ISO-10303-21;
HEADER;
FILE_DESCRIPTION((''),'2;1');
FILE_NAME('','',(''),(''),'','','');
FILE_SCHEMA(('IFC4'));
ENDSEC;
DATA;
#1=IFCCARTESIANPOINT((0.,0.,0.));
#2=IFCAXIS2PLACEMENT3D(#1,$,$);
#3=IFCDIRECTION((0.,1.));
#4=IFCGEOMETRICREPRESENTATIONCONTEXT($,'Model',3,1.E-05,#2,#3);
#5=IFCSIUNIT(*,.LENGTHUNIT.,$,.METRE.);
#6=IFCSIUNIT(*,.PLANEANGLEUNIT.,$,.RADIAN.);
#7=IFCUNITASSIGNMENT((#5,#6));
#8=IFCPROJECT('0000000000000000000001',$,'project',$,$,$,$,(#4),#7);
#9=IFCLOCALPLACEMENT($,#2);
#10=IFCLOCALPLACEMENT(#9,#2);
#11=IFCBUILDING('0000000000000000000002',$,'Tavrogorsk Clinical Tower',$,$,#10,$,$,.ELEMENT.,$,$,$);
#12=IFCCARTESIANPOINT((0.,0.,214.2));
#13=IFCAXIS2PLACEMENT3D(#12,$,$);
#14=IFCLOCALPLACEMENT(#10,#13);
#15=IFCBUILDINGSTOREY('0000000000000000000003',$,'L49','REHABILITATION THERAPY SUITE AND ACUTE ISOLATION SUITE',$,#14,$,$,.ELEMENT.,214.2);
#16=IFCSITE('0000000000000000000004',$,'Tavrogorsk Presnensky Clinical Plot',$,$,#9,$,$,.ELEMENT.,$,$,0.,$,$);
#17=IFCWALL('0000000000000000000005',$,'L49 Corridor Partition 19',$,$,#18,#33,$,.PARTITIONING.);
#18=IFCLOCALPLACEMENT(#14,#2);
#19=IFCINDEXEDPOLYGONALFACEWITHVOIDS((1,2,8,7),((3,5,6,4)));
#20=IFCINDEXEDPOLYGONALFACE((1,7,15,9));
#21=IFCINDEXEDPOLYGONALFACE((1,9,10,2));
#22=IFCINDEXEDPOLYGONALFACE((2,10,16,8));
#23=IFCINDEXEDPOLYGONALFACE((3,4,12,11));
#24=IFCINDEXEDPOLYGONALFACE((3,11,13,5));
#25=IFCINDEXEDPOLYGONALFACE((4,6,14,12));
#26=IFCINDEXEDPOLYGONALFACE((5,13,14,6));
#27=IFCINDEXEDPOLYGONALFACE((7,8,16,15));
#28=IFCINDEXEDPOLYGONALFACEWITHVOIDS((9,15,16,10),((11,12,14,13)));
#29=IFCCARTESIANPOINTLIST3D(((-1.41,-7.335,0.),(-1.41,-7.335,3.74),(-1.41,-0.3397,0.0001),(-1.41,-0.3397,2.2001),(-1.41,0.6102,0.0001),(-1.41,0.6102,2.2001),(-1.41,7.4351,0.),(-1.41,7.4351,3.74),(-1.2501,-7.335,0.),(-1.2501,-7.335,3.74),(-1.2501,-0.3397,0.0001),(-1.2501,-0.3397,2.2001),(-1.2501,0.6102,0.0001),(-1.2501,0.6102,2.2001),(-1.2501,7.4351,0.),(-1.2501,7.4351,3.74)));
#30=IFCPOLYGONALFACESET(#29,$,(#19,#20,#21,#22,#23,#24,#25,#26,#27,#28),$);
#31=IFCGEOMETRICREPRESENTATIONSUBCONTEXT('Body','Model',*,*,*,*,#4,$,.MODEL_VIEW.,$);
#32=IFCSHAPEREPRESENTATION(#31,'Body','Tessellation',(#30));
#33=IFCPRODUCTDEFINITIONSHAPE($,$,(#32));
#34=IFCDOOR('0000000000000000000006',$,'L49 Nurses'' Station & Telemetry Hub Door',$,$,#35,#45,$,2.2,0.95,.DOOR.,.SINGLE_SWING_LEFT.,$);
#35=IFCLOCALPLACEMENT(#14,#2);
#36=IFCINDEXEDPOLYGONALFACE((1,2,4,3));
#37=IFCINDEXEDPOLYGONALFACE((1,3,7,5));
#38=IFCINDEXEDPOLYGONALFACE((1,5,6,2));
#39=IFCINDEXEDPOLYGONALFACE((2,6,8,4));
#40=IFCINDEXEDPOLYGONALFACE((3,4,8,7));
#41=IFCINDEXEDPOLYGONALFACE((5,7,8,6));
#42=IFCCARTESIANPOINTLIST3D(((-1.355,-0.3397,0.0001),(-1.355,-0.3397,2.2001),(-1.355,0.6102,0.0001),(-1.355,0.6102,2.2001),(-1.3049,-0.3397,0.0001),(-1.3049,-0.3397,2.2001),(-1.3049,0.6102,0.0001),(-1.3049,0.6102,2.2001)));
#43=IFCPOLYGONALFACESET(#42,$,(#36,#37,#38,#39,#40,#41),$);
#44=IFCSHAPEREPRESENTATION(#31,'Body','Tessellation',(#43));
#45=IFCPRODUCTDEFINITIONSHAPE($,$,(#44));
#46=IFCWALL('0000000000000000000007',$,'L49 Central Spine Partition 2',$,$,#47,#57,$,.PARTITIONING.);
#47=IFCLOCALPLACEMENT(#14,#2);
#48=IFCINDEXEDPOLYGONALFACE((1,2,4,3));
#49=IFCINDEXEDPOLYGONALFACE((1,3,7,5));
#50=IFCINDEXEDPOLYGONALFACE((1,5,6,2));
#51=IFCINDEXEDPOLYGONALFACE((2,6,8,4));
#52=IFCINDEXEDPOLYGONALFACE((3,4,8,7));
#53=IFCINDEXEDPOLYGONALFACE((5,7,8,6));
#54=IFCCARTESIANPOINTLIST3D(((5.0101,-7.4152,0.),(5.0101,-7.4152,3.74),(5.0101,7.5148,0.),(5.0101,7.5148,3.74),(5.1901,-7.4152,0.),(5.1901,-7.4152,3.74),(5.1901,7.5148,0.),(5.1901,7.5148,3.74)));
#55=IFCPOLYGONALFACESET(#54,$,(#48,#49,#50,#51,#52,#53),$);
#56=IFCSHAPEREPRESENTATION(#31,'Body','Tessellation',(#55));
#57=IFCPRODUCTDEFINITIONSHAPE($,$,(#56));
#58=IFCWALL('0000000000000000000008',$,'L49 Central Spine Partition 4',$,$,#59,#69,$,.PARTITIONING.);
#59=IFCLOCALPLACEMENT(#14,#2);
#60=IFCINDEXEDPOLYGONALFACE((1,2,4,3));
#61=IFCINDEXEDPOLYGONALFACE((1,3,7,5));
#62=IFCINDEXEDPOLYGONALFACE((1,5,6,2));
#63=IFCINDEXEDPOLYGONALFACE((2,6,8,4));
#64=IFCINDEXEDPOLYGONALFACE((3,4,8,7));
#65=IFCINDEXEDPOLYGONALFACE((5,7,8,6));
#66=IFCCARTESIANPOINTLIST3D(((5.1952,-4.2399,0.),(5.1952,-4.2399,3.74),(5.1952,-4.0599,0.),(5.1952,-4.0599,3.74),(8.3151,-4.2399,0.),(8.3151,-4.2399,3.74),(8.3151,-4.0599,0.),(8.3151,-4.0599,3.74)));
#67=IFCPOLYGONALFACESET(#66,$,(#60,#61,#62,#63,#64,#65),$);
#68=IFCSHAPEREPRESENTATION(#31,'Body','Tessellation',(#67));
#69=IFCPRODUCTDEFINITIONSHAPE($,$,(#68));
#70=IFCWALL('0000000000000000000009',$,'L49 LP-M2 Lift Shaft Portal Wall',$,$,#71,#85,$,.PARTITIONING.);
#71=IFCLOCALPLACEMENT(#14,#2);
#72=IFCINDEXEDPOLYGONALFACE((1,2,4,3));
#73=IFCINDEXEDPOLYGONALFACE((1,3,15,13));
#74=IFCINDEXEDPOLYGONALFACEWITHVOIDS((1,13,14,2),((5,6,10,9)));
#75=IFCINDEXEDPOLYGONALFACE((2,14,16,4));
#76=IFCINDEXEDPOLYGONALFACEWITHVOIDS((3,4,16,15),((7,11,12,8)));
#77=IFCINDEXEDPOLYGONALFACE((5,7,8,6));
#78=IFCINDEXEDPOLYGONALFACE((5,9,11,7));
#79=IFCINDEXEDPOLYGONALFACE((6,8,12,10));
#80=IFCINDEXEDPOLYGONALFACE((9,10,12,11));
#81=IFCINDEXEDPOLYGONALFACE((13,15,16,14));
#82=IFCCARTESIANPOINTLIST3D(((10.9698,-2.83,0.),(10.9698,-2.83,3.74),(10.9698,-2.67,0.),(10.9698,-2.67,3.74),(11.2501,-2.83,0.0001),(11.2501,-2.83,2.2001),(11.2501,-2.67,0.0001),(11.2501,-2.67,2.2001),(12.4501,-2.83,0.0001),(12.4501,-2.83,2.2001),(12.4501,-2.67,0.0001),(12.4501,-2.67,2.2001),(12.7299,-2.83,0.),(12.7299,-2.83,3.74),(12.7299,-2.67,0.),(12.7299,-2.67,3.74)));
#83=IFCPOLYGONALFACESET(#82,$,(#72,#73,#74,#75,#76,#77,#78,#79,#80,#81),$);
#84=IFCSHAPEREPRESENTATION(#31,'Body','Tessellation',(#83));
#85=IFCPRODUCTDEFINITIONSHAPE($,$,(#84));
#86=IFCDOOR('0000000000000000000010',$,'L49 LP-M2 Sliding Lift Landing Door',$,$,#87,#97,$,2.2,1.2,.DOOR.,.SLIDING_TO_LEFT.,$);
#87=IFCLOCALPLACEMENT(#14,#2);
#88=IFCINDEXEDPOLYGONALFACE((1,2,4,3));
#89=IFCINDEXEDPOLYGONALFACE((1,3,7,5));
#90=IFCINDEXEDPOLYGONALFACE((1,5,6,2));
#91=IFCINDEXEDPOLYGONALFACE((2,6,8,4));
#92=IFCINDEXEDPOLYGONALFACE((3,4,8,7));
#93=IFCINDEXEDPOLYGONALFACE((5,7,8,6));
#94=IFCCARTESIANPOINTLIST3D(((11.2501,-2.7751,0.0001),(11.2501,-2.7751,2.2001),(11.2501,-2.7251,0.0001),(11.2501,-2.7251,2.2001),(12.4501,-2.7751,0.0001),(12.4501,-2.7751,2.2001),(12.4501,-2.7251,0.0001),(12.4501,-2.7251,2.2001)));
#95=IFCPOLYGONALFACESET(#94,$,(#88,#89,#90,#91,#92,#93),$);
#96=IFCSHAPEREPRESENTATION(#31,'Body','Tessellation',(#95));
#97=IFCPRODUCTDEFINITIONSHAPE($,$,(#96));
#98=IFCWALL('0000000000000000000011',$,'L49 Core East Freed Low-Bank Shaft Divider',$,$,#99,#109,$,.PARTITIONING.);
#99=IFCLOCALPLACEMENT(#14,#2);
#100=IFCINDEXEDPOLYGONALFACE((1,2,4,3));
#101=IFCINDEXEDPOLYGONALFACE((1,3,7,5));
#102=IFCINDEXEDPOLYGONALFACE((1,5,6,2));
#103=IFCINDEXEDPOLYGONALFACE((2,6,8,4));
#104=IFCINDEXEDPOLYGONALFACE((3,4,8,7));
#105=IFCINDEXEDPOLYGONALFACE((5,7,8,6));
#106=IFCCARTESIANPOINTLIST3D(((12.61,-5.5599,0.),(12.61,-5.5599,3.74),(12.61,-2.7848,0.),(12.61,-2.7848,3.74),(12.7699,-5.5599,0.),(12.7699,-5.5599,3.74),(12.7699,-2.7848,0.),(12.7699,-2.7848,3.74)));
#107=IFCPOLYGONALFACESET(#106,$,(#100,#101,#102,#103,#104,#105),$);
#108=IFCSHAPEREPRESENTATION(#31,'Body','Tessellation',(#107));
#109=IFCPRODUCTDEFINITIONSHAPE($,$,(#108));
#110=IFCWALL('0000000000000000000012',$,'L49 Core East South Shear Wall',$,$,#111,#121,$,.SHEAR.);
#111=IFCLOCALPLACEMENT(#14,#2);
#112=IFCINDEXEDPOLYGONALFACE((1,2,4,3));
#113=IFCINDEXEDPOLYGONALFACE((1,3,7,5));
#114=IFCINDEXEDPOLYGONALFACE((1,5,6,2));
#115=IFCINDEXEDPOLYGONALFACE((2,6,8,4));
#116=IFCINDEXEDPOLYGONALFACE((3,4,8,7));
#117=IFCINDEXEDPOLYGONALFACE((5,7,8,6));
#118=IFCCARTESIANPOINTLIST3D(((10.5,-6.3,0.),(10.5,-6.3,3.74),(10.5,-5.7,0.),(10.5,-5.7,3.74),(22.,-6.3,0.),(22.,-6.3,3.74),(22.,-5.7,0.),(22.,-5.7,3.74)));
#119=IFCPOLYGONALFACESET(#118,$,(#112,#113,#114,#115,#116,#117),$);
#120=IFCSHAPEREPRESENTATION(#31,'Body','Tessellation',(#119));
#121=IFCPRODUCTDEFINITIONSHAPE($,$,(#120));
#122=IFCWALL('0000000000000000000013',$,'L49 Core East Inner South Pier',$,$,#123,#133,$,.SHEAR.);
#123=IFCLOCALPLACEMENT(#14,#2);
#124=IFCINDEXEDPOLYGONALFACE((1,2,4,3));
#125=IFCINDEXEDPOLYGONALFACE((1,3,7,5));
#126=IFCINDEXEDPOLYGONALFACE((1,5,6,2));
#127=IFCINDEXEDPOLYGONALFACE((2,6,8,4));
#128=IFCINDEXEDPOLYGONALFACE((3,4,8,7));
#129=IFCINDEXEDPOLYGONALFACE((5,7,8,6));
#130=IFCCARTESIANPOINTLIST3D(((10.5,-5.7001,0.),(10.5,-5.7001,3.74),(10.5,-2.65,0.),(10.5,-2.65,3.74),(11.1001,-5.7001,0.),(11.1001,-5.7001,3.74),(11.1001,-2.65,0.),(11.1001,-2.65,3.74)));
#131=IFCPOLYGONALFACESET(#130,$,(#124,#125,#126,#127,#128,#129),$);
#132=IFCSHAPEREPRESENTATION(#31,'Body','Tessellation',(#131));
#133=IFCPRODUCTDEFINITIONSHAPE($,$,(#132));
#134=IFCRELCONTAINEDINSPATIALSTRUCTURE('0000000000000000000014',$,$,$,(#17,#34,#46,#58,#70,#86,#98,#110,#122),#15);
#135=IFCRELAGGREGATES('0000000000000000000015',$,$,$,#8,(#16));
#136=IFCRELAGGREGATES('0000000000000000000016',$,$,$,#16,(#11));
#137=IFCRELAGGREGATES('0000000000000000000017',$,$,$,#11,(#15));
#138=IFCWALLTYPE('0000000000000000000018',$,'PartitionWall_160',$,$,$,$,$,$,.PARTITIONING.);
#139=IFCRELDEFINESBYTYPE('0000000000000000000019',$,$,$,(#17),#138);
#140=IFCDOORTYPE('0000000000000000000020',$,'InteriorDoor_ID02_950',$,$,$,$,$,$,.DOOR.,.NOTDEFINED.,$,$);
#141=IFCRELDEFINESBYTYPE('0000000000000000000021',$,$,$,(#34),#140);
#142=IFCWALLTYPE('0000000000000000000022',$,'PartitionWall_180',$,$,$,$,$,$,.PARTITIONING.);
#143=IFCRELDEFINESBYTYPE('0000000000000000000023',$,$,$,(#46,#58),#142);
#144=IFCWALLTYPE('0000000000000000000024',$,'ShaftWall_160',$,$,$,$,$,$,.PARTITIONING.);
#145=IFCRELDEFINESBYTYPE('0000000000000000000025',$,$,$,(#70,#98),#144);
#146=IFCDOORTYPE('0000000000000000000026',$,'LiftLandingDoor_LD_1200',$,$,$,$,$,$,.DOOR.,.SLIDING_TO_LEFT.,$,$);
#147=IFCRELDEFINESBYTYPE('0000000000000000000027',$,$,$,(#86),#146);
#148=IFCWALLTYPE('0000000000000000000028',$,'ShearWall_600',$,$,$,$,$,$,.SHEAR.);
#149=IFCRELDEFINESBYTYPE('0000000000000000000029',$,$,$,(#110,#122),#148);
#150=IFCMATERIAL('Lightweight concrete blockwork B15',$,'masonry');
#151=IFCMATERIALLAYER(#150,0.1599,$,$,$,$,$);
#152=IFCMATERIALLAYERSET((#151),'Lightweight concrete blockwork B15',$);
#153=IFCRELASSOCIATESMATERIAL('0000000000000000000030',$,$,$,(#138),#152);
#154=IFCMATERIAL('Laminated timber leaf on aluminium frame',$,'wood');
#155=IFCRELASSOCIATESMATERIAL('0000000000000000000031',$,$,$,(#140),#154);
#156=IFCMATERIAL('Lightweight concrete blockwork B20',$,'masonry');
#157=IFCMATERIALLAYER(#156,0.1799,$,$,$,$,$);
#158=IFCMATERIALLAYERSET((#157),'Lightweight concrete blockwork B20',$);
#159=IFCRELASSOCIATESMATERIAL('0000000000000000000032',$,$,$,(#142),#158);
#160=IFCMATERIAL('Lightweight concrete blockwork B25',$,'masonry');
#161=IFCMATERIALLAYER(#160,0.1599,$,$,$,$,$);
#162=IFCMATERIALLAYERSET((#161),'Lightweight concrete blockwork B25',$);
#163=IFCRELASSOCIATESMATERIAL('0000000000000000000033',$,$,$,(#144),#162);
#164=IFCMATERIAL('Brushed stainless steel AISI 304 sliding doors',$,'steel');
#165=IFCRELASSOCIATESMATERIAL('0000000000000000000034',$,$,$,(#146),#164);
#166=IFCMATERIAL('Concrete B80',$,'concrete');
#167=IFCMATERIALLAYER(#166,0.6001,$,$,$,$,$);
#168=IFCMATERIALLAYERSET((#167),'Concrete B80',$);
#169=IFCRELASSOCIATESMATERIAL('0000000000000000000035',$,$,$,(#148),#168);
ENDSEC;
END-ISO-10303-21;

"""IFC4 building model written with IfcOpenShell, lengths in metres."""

from ifc_helpers import new_model, si_unit, direction, frame, frame_2d, origin, place, context, subcontext, project, spatial, rectangle, extrude, material, layer, layer_set, type_object, element, fill, save


model = new_model("IFC4")

# Units and contexts
model_context = context("Model", 3, precision=1e-05, world=origin(), true_north=direction((0.0, 1.0)))
body_context = subcontext(model_context, "Body", "Model", "MODEL_VIEW")
ifc_project = project(units=[si_unit("LENGTHUNIT", "METRE"), si_unit("PLANEANGLEUNIT", "RADIAN")], contexts=[model_context])

# Site, building, storey
site_placement = place(None, origin())
site = spatial("IfcSite", under=ifc_project, at=site_placement, Name="Tavrogorsk Presnensky Clinical Plot", CompositionType="ELEMENT", RefElevation=0.0)
building_placement = place(site_placement, origin())
building = spatial("IfcBuilding", under=site, at=building_placement, Name="Tavrogorsk Clinical Tower", CompositionType="ELEMENT")
storey_placement = place(building_placement, frame((0.0, 0.0, 214.2)))
storey = spatial("IfcBuildingStorey", under=building, at=storey_placement, Name="L49", Description="REHABILITATION THERAPY SUITE AND ACUTE ISOLATION SUITE", CompositionType="ELEMENT", Elevation=214.2)

# Shared definitions
ifc_material_1 = material(Name="Lightweight concrete blockwork B15", Category="masonry")
ifc_layer_1 = layer(ifc_material_1, 0.1599)
ifc_layer_set_1 = layer_set([ifc_layer_1], Name="Lightweight concrete blockwork B15")
wall_type_1 = type_object("IfcWallType", Name="PartitionWall_160", PredefinedType="PARTITIONING", material=ifc_layer_set_1)

# Shared definitions
ifc_material_2 = material(Name="Laminated timber leaf on aluminium frame", Category="wood")
door_type_1 = type_object("IfcDoorType", Name="InteriorDoor_ID02_950", OperationType="NOTDEFINED", PredefinedType="DOOR", material=ifc_material_2)

# Wall, opening, door
wall_1_placement = place(storey_placement, frame((-1.3301, -7.335, 0.0), z_axis=(0.0, 0.0, 1.0), x_axis=(0.0, 1.0, 0.0)))
wall_1 = element("IfcWall", 1, at=wall_1_placement, inside=storey, type_object=wall_type_1, Name="L49 Corridor Partition 19", PredefinedType="PARTITIONING", context=body_context, shape_type="SweptSolid", body=[
    extrude(rectangle(XDim=14.77, YDim=0.1599, at=frame_2d((7.385, 0.0))), origin(), (0.0, 0.0, 1.0), 3.74),
])
opening_1_placement = place(wall_1_placement, frame((6.9951, 0.0, 0.0)))
opening_1 = element("IfcOpeningElement", 2, at=opening_1_placement, cuts=wall_1, PredefinedType="OPENING", context=body_context, shape_type="SweptSolid", body=[
    extrude(rectangle(XDim=0.95, YDim=2.2, at=frame_2d((0.4751, 1.1001))), frame((0.0, 0.0898, 0.0), z_axis=(0.0, -1.0, 0.0), x_axis=(1.0, 0.0, 0.0)), (0.0, 0.0, 1.0), 0.1799),
])
door_1_placement = place(opening_1_placement, origin())
door_1 = element("IfcDoor", 3, at=door_1_placement, inside=storey, type_object=door_type_1, Name="L49 Nurses' Station & Telemetry Hub Door", OperationType="SINGLE_SWING_LEFT", OverallHeight=2.2, OverallWidth=0.95, PredefinedType="DOOR", context=body_context, shape_type="SweptSolid", body=[
    extrude(rectangle(XDim=0.95, YDim=2.2, at=frame_2d((0.4751, 1.1001))), frame((0.0, 0.0249, 0.0), z_axis=(0.0, -1.0, 0.0), x_axis=(1.0, 0.0, 0.0)), (0.0, 0.0, 1.0), 0.05),
])
fill(opening_1, door_1)

# Walls
ifc_material_3 = material(Name="Lightweight concrete blockwork B20", Category="masonry")
ifc_layer_2 = layer(ifc_material_3, 0.1799)
ifc_layer_set_2 = layer_set([ifc_layer_2], Name="Lightweight concrete blockwork B20")
wall_type_2 = type_object("IfcWallType", Name="PartitionWall_180", PredefinedType="PARTITIONING", material=ifc_layer_set_2)
wall_2_placement = place(storey_placement, frame((5.1001, -7.415, 0.0), z_axis=(0.0, 0.0, 1.0), x_axis=(0.0, 1.0, 0.0)))
element("IfcWall", 4, at=wall_2_placement, inside=storey, type_object=wall_type_2, Name="L49 Central Spine Partition 2", PredefinedType="PARTITIONING", context=body_context, shape_type="SweptSolid", body=[
    extrude(rectangle(XDim=14.9299, YDim=0.1799, at=frame_2d((7.4648, 0.0))), origin(), (0.0, 0.0, 1.0), 3.74),
])
wall_3_placement = place(storey_placement, frame((5.1951, -4.1499, 0.0), z_axis=(0.0, 0.0, 1.0), x_axis=(1.0, 0.0, 0.0)))
element("IfcWall", 5, at=wall_3_placement, inside=storey, type_object=wall_type_2, Name="L49 Central Spine Partition 4", PredefinedType="PARTITIONING", context=body_context, shape_type="SweptSolid", body=[
    extrude(rectangle(XDim=3.1199, YDim=0.1799, at=frame_2d((1.5601, 0.0))), origin(), (0.0, 0.0, 1.0), 3.74),
])

# Wall, opening, door
ifc_material_4 = material(Name="Lightweight concrete blockwork B25", Category="masonry")
ifc_layer_3 = layer(ifc_material_4, 0.1599)
ifc_layer_set_3 = layer_set([ifc_layer_3], Name="Lightweight concrete blockwork B25")
wall_type_3 = type_object("IfcWallType", Name="ShaftWall_160", PredefinedType="PARTITIONING", material=ifc_layer_set_3)
wall_4_placement = place(storey_placement, frame((10.97, -2.75, 0.0), z_axis=(0.0, 0.0, 1.0), x_axis=(1.0, 0.0, 0.0)))
wall_4 = element("IfcWall", 6, at=wall_4_placement, inside=storey, type_object=wall_type_3, Name="L49 LP-M2 Lift Shaft Portal Wall", PredefinedType="PARTITIONING", context=body_context, shape_type="SweptSolid", body=[
    extrude(rectangle(XDim=1.76, YDim=0.1599, at=frame_2d((0.8799, 0.0))), origin(), (0.0, 0.0, 1.0), 3.74),
])
opening_2_placement = place(wall_4_placement, frame((0.28, 0.0, 0.0)))
opening_2 = element("IfcOpeningElement", 7, at=opening_2_placement, cuts=wall_4, PredefinedType="OPENING", context=body_context, shape_type="SweptSolid", body=[
    extrude(rectangle(XDim=1.2, YDim=2.2, at=frame_2d((0.6001, 1.1001))), frame((0.0, 0.0898, 0.0), z_axis=(0.0, -1.0, 0.0), x_axis=(1.0, 0.0, 0.0)), (0.0, 0.0, 1.0), 0.1799),
])
ifc_material_5 = material(Name="Brushed stainless steel AISI 304 sliding doors", Category="steel")
door_type_2 = type_object("IfcDoorType", Name="LiftLandingDoor_LD_1200", OperationType="SLIDING_TO_LEFT", PredefinedType="DOOR", material=ifc_material_5)
door_2_placement = place(opening_2_placement, origin())
door_2 = element("IfcDoor", 8, at=door_2_placement, inside=storey, type_object=door_type_2, Name="L49 LP-M2 Sliding Lift Landing Door", OperationType="SLIDING_TO_LEFT", OverallHeight=2.2, OverallWidth=1.2, PredefinedType="DOOR", context=body_context, shape_type="SweptSolid", body=[
    extrude(rectangle(XDim=1.2, YDim=2.2, at=frame_2d((0.6001, 1.1001))), frame((0.0, 0.0249, 0.0), z_axis=(0.0, -1.0, 0.0), x_axis=(1.0, 0.0, 0.0)), (0.0, 0.0, 1.0), 0.05),
])
fill(opening_2, door_2)

# Walls
wall_5_placement = place(storey_placement, frame((12.6899, -5.5601, 0.0), z_axis=(0.0, 0.0, 1.0), x_axis=(0.0, 1.0, 0.0)))
element("IfcWall", 9, at=wall_5_placement, inside=storey, type_object=wall_type_3, Name="L49 Core East Freed Low-Bank Shaft Divider", PredefinedType="PARTITIONING", context=body_context, shape_type="SweptSolid", body=[
    extrude(rectangle(XDim=2.7751, YDim=0.1599, at=frame_2d((1.3877, 0.0))), origin(), (0.0, 0.0, 1.0), 3.74),
])
ifc_material_6 = material(Name="Concrete B80", Category="concrete")
ifc_layer_4 = layer(ifc_material_6, 0.6001)
ifc_layer_set_4 = layer_set([ifc_layer_4], Name="Concrete B80")
wall_type_4 = type_object("IfcWallType", Name="ShearWall_600", PredefinedType="SHEAR", material=ifc_layer_set_4)
wall_6_placement = place(storey_placement, frame((10.5, -6.0, 0.0), z_axis=(0.0, 0.0, 1.0), x_axis=(1.0, 0.0, 0.0)))
element("IfcWall", 10, at=wall_6_placement, inside=storey, type_object=wall_type_4, Name="L49 Core East South Shear Wall", PredefinedType="SHEAR", context=body_context, shape_type="SweptSolid", body=[
    extrude(rectangle(XDim=11.5, YDim=0.6001, at=frame_2d((5.75, 0.0))), origin(), (0.0, 0.0, 1.0), 3.74),
])
wall_7_placement = place(storey_placement, frame((10.8, -5.7, 0.0), z_axis=(0.0, 0.0, 1.0), x_axis=(0.0, 1.0, 0.0)))
element("IfcWall", 11, at=wall_7_placement, inside=storey, type_object=wall_type_4, Name="L49 Core East Inner South Pier", PredefinedType="SHEAR", context=body_context, shape_type="SweptSolid", body=[
    extrude(rectangle(XDim=3.05, YDim=0.6001, at=frame_2d((1.5249, 0.0))), origin(), (0.0, 0.0, 1.0), 3.74),
])

save(model, "model.ifc")
